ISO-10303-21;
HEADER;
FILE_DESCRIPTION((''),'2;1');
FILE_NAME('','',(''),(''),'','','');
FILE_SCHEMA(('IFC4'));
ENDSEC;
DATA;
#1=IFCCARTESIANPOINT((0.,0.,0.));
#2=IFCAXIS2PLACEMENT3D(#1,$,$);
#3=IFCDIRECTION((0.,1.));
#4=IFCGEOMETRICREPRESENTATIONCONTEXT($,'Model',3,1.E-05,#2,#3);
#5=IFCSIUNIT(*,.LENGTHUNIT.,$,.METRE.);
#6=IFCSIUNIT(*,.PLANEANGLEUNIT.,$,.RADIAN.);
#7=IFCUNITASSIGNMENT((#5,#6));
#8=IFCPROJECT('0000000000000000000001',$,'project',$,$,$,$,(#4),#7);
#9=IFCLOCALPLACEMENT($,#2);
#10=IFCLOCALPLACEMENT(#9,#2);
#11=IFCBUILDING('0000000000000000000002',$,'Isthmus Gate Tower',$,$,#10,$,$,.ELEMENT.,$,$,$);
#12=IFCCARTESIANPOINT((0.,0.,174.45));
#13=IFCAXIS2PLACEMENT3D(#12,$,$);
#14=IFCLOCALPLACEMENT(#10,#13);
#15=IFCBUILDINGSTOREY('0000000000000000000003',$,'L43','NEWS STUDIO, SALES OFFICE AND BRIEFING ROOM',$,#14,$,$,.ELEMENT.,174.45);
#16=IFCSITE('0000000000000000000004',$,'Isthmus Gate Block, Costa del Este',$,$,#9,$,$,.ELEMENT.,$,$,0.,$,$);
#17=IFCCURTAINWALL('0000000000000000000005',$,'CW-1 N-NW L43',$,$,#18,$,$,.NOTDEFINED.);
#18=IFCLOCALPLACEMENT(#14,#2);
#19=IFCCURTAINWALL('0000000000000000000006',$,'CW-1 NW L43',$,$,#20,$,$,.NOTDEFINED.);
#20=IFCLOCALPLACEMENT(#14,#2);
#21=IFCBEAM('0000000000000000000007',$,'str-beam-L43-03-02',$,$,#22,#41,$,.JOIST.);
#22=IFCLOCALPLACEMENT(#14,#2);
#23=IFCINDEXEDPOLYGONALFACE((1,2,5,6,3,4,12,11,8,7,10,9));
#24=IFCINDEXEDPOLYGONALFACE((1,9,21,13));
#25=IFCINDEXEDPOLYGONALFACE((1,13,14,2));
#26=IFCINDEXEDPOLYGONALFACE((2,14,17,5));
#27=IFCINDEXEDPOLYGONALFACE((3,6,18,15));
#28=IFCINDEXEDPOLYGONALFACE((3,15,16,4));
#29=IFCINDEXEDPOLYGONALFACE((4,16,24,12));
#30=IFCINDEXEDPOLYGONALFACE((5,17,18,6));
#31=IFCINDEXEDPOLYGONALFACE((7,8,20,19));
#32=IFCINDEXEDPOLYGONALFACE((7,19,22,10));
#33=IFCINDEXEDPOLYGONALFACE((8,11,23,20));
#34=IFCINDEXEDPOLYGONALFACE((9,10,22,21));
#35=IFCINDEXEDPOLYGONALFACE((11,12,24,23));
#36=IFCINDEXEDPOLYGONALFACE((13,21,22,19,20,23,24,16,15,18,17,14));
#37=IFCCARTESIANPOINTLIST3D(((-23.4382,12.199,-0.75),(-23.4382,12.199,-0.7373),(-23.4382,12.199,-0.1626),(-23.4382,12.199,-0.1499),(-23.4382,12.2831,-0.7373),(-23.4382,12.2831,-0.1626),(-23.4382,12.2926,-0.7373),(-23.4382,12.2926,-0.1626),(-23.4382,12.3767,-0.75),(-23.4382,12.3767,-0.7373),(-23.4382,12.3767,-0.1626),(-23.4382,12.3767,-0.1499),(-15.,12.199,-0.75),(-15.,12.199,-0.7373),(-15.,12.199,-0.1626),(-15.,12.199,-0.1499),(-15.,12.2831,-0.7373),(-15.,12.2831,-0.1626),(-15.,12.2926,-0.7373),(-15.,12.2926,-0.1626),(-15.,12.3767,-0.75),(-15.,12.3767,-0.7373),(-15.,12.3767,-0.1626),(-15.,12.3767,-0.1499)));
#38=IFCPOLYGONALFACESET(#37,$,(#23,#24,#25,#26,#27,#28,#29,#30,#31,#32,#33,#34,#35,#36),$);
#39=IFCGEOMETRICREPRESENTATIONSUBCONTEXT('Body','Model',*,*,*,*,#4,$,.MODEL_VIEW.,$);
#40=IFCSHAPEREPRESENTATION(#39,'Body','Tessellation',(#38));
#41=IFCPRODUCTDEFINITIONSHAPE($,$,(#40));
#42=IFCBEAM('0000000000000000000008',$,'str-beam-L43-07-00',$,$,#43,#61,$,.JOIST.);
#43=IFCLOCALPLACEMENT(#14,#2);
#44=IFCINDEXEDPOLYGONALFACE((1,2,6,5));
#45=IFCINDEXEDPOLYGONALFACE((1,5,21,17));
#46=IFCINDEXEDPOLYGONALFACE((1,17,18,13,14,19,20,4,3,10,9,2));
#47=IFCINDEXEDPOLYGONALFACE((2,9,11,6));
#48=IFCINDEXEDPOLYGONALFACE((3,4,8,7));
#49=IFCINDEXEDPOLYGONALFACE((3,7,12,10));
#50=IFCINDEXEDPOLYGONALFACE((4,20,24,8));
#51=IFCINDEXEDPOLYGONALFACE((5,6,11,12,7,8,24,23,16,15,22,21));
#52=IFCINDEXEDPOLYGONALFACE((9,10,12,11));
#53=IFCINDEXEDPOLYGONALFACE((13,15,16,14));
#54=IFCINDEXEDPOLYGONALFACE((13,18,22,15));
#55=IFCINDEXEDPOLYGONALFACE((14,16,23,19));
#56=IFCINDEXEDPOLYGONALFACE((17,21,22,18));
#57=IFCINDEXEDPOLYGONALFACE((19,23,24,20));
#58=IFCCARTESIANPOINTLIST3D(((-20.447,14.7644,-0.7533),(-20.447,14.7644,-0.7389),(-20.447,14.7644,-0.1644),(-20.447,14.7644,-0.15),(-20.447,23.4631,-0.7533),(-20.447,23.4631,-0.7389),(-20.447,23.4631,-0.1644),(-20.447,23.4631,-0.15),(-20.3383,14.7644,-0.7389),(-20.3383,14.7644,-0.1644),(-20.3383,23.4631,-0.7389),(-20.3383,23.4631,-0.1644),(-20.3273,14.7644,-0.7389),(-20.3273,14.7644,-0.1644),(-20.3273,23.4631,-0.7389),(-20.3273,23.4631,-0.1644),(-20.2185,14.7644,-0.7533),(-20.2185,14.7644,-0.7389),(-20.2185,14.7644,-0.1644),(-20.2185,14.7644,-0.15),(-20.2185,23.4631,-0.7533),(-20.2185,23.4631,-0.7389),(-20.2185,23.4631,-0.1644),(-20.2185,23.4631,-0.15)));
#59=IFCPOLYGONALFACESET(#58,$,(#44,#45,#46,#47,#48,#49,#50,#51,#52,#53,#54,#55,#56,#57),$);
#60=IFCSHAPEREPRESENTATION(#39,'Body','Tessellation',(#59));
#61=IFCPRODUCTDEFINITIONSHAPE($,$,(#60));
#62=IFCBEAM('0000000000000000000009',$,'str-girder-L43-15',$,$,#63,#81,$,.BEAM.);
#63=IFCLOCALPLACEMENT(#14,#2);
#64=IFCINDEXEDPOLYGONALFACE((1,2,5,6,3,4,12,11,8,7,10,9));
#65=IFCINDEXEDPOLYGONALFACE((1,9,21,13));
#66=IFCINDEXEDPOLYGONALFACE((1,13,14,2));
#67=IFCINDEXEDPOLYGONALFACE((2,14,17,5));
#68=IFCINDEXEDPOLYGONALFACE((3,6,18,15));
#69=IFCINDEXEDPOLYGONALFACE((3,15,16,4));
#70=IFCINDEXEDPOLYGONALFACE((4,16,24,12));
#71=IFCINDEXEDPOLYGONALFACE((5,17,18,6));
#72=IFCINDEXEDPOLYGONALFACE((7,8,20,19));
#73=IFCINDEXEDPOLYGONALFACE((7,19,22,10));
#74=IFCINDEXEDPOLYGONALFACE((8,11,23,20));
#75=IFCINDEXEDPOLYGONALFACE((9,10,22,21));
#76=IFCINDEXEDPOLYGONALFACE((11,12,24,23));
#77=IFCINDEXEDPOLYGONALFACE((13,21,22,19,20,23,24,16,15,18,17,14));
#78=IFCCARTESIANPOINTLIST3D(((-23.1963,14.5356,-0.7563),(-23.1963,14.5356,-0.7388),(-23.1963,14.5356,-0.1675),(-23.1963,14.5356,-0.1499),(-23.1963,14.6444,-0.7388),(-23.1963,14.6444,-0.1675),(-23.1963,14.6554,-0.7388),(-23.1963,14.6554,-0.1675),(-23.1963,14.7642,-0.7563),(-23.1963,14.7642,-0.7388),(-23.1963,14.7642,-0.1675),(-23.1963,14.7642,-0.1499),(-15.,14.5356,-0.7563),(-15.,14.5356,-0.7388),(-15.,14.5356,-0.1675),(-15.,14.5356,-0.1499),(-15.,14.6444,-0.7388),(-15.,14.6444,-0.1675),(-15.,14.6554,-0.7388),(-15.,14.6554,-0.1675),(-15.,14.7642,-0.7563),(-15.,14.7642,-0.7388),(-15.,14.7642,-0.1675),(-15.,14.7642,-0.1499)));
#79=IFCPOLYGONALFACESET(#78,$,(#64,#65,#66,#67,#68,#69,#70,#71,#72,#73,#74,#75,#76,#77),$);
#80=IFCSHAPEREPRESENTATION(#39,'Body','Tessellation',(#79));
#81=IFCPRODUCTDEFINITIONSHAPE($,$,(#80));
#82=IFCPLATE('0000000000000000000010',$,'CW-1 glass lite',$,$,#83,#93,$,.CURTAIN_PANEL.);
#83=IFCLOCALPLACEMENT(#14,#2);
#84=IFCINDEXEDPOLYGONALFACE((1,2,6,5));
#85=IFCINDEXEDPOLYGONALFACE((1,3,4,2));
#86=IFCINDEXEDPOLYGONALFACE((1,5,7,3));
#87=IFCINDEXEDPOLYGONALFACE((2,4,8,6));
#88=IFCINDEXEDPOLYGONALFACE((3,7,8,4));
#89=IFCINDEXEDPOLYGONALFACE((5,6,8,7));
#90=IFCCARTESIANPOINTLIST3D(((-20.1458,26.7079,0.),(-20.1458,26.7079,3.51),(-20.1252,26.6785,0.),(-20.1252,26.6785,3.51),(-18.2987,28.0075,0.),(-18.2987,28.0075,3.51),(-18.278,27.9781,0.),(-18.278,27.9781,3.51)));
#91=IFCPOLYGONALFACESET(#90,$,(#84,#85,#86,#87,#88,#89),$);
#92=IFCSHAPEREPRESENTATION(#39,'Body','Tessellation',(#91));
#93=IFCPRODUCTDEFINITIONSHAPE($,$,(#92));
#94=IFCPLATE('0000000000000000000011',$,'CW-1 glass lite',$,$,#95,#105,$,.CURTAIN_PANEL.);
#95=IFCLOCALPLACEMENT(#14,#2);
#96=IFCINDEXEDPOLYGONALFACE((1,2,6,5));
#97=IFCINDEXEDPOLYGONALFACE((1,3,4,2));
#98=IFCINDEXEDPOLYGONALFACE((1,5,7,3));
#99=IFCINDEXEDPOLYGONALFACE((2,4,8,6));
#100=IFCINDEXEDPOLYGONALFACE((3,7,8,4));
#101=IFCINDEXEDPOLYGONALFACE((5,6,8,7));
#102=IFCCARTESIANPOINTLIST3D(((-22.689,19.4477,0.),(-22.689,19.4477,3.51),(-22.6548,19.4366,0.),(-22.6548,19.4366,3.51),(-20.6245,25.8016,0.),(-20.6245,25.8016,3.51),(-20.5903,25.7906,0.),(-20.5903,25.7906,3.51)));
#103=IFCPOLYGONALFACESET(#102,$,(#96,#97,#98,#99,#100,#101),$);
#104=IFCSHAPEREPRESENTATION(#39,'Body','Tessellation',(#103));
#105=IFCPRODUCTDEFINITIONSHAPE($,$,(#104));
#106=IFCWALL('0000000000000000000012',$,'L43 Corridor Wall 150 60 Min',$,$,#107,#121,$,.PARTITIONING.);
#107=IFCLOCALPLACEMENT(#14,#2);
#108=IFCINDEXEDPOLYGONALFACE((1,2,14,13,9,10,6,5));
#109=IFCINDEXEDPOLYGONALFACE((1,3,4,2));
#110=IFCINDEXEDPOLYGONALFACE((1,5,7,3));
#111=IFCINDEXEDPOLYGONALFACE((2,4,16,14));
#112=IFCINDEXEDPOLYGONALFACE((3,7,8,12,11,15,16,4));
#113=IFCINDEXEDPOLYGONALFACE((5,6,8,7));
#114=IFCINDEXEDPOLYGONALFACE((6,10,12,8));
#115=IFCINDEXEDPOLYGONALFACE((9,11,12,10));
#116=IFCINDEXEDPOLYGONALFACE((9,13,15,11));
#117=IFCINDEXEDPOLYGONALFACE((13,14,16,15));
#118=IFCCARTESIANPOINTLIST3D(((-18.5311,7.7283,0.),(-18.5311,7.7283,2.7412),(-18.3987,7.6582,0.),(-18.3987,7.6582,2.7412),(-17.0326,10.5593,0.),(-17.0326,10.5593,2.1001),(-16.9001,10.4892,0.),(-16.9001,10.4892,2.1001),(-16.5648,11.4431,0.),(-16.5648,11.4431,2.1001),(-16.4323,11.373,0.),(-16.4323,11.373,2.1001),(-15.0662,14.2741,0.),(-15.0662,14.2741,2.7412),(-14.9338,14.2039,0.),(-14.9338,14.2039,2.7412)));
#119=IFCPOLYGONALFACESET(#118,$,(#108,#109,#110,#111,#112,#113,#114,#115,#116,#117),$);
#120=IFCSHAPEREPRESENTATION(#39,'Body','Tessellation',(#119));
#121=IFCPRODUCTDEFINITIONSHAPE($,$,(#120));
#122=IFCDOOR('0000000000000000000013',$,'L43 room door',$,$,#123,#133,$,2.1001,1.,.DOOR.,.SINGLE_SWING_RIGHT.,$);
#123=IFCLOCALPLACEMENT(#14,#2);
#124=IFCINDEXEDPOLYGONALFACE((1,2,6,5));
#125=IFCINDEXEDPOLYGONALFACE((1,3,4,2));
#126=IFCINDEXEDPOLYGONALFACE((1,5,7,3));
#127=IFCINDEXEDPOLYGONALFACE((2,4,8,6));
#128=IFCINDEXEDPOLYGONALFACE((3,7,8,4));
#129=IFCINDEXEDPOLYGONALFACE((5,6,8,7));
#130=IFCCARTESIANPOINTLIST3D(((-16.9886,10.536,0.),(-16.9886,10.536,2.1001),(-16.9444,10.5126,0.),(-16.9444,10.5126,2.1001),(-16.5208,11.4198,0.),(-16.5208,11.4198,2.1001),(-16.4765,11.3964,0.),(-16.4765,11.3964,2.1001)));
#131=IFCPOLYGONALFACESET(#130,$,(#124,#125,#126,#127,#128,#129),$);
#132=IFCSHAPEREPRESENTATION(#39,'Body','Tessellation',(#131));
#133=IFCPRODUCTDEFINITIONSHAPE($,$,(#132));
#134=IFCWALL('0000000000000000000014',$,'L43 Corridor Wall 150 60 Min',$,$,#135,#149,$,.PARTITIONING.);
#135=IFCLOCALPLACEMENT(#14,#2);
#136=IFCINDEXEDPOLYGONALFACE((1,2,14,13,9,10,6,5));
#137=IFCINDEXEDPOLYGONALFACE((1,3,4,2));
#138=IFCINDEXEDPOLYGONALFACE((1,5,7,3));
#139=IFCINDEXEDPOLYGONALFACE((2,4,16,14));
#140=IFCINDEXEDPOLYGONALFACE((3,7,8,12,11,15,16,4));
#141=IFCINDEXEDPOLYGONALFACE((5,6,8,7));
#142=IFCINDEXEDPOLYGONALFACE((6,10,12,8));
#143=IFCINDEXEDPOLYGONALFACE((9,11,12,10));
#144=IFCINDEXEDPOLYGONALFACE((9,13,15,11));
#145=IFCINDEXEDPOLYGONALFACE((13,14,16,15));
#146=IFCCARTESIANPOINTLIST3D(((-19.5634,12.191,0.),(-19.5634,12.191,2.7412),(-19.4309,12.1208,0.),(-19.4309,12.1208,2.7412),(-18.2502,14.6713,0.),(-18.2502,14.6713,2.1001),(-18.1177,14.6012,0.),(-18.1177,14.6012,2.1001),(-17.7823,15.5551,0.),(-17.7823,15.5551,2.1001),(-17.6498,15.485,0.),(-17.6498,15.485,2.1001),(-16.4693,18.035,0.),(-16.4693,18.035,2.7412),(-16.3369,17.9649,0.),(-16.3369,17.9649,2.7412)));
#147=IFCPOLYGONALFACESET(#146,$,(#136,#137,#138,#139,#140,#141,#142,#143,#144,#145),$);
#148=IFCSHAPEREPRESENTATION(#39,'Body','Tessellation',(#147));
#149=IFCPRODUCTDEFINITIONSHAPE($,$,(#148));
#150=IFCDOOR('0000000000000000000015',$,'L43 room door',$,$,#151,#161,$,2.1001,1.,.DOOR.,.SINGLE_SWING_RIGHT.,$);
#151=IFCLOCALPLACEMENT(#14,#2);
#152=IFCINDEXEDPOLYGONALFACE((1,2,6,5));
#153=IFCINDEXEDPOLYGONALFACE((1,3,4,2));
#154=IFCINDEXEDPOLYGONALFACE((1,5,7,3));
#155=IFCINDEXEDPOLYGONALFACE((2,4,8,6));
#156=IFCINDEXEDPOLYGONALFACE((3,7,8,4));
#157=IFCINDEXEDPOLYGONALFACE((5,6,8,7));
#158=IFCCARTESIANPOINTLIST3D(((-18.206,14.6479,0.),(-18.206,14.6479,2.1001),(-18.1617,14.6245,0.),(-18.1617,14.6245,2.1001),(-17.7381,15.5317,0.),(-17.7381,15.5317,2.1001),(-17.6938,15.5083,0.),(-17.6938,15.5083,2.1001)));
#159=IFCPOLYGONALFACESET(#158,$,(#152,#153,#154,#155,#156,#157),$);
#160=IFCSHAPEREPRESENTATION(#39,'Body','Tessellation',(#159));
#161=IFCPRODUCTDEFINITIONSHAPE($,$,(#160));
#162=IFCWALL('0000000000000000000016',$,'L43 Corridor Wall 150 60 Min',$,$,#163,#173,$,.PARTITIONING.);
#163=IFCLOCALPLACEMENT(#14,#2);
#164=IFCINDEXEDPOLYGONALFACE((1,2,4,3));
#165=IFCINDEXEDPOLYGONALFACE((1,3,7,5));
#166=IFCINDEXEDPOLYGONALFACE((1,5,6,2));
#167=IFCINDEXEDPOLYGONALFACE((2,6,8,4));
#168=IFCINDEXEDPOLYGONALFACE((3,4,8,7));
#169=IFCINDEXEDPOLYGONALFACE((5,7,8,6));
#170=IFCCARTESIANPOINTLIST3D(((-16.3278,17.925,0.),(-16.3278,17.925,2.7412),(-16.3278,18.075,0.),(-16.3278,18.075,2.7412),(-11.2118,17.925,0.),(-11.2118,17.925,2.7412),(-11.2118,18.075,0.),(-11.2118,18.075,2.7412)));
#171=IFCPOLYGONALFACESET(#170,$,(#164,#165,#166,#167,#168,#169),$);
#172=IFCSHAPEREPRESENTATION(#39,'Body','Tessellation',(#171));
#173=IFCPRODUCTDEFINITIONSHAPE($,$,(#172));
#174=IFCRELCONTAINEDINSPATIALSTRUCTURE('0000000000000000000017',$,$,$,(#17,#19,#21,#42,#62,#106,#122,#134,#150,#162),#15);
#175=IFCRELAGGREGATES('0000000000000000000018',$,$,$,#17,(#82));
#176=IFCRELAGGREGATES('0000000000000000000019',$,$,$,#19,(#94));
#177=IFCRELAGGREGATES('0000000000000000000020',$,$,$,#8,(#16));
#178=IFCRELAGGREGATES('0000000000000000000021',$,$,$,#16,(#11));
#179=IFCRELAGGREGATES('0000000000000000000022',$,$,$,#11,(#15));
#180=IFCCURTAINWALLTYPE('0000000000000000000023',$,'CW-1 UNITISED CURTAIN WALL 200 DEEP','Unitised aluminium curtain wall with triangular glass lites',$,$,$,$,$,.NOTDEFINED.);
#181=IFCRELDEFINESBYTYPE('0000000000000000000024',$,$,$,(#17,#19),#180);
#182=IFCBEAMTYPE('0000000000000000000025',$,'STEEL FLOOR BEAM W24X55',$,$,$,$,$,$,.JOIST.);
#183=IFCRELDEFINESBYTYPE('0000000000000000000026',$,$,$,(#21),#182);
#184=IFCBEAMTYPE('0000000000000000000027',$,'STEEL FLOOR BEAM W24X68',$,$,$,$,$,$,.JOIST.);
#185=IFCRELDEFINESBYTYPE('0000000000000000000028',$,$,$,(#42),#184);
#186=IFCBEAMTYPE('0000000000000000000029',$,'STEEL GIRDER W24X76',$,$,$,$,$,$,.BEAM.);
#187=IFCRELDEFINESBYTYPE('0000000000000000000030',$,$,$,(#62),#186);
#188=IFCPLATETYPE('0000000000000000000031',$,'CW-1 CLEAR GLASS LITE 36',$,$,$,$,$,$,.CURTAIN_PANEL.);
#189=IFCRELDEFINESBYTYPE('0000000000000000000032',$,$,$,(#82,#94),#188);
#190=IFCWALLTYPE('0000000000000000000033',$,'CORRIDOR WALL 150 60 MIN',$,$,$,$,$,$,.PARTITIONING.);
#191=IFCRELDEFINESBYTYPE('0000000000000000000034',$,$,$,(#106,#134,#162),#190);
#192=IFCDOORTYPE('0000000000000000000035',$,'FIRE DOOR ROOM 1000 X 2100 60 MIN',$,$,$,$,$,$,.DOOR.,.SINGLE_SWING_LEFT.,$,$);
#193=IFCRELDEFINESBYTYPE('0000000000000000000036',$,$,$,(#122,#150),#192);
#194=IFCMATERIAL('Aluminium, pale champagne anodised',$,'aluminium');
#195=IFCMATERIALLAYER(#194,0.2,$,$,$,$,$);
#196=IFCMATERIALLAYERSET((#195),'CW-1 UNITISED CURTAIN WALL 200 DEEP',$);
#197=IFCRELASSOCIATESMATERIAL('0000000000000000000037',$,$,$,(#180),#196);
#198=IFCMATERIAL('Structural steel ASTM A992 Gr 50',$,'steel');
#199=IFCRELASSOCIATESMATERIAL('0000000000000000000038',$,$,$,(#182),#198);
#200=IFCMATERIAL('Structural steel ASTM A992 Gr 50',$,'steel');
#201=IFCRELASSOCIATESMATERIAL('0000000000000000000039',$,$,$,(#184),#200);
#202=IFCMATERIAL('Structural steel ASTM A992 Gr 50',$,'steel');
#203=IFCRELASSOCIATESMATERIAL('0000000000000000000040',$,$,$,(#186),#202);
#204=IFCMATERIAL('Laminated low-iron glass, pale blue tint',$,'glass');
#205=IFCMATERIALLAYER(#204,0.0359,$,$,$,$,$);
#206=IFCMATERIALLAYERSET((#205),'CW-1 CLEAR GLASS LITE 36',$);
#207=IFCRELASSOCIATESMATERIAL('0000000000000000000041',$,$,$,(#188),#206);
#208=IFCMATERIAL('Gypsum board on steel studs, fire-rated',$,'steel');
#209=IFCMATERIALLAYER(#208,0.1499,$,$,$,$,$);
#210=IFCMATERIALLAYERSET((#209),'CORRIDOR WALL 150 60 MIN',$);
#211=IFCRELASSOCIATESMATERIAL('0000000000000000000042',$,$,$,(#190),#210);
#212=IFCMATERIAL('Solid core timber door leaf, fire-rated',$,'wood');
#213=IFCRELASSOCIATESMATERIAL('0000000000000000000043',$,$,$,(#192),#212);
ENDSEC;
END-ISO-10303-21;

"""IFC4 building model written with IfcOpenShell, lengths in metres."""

from ifc_helpers import new_model, si_unit, direction, frame, frame_2d, origin, origin_2d, place, context, subcontext, project, spatial, rectangle, i_section, extrude, material, layer, layer_set, material_profile, profile_set, type_object, element, fill, aggregate, save


model = new_model("IFC4")

# Units and contexts
model_context = context("Model", 3, precision=1e-05, world=origin(), true_north=direction((0.0, 1.0)))
body_context = subcontext(model_context, "Body", "Model", "MODEL_VIEW")
ifc_project = project(units=[si_unit("LENGTHUNIT", "METRE"), si_unit("PLANEANGLEUNIT", "RADIAN")], contexts=[model_context])

# Site, building, storey
site_placement = place(None, origin())
site = spatial("IfcSite", under=ifc_project, at=site_placement, Name="Isthmus Gate Block, Costa del Este", CompositionType="ELEMENT", RefElevation=0.0)
building_placement = place(site_placement, origin())
building = spatial("IfcBuilding", under=site, at=building_placement, Name="Isthmus Gate Tower", CompositionType="ELEMENT")
storey_placement = place(building_placement, frame((0.0, 0.0, 174.45)))
storey = spatial("IfcBuildingStorey", under=building, at=storey_placement, Name="L43", Description="NEWS STUDIO, SALES OFFICE AND BRIEFING ROOM", CompositionType="ELEMENT", Elevation=174.45)

# Curtain wall
ifc_material_1 = material(Name="Aluminium, pale champagne anodised", Category="aluminium")
ifc_layer_1 = layer(ifc_material_1, 0.2)
ifc_layer_set_1 = layer_set([ifc_layer_1], Name="CW-1 UNITISED CURTAIN WALL 200 DEEP")
curtain_wall_type = type_object("IfcCurtainWallType", Name="CW-1 UNITISED CURTAIN WALL 200 DEEP", Description="Unitised aluminium curtain wall with triangular glass lites", PredefinedType="NOTDEFINED", material=ifc_layer_set_1)
curtain_wall_1_placement = place(storey_placement, origin())
curtain_wall_1 = element("IfcCurtainWall", 1, at=curtain_wall_1_placement, inside=storey, type_object=curtain_wall_type, Name="CW-1 N-NW L43", PredefinedType="NOTDEFINED")

# Curtain wall
curtain_wall_2_placement = place(storey_placement, origin())
curtain_wall_2 = element("IfcCurtainWall", 2, at=curtain_wall_2_placement, inside=storey, type_object=curtain_wall_type, Name="CW-1 NW L43", PredefinedType="NOTDEFINED")

# Beams
ifc_material_2 = material(Name="Structural steel ASTM A992 Gr 50", Category="steel")
ifc_material_profile_1 = material_profile(ifc_material_2, i_section(OverallWidth=0.1777, OverallDepth=0.6001, WebThickness=0.0095, FlangeThickness=0.0127, at=origin_2d()), Name="W24X55")
ifc_profile_set_1 = profile_set([ifc_material_profile_1], Name="Structural steel ASTM A992 Gr 50")
beam_type_1 = type_object("IfcBeamType", Name="STEEL FLOOR BEAM W24X55", PredefinedType="JOIST", material=ifc_profile_set_1)
beam_1_placement = place(storey_placement, frame((-23.4382, 12.2878, -0.45), z_axis=(1.0, 0.0, 0.0), x_axis=(0.0, 1.0, 0.0)))
element("IfcBeam", 3, at=beam_1_placement, inside=storey, type_object=beam_type_1, Name="str-beam-L43-03-02", PredefinedType="JOIST", context=body_context, shape_type="SweptSolid", body=[
    extrude(i_section(OverallWidth=0.1777, OverallDepth=0.6001, WebThickness=0.0095, FlangeThickness=0.0127, at=origin_2d()), origin(), (0.0, 0.0, 1.0), 8.4382),
])
ifc_material_3 = material(Name="Structural steel ASTM A992 Gr 50", Category="steel")
ifc_material_profile_2 = material_profile(ifc_material_3, i_section(OverallWidth=0.2285, OverallDepth=0.6033, WebThickness=0.011, FlangeThickness=0.0144, at=origin_2d()), Name="W24X68")
ifc_profile_set_2 = profile_set([ifc_material_profile_2], Name="Structural steel ASTM A992 Gr 50")
beam_type_2 = type_object("IfcBeamType", Name="STEEL FLOOR BEAM W24X68", PredefinedType="JOIST", material=ifc_profile_set_2)
beam_2_placement = place(storey_placement, frame((-20.3328, 14.7644, -0.4517), z_axis=(0.0, 1.0, 0.0), x_axis=(-1.0, 0.0, 0.0)))
element("IfcBeam", 4, at=beam_2_placement, inside=storey, type_object=beam_type_2, Name="str-beam-L43-07-00", PredefinedType="JOIST", context=body_context, shape_type="SweptSolid", body=[
    extrude(i_section(OverallWidth=0.2285, OverallDepth=0.6033, WebThickness=0.011, FlangeThickness=0.0144, at=origin_2d()), origin(), (0.0, 0.0, 1.0), 8.6987),
])
ifc_material_4 = material(Name="Structural steel ASTM A992 Gr 50", Category="steel")
ifc_material_profile_3 = material_profile(ifc_material_4, i_section(OverallWidth=0.2285, OverallDepth=0.6064, WebThickness=0.011, FlangeThickness=0.0176, at=origin_2d()), Name="W24X76")
ifc_profile_set_3 = profile_set([ifc_material_profile_3], Name="Structural steel ASTM A992 Gr 50")
beam_type_3 = type_object("IfcBeamType", Name="STEEL GIRDER W24X76", PredefinedType="BEAM", material=ifc_profile_set_3)
beam_3_placement = place(storey_placement, frame((-15.0, 14.6499, -0.4531), z_axis=(-1.0, 0.0, 0.0), x_axis=(0.0, -1.0, 0.0)))
element("IfcBeam", 5, at=beam_3_placement, inside=storey, type_object=beam_type_3, Name="str-girder-L43-15", PredefinedType="BEAM", context=body_context, shape_type="SweptSolid", body=[
    extrude(i_section(OverallWidth=0.2285, OverallDepth=0.6064, WebThickness=0.011, FlangeThickness=0.0176, at=origin_2d()), origin(), (0.0, 0.0, 1.0), 8.1963),
])

# Plates
ifc_material_5 = material(Name="Laminated low-iron glass, pale blue tint", Category="glass")
ifc_layer_2 = layer(ifc_material_5, 0.0359)
ifc_layer_set_2 = layer_set([ifc_layer_2], Name="CW-1 CLEAR GLASS LITE 36")
plate_type = type_object("IfcPlateType", Name="CW-1 CLEAR GLASS LITE 36", PredefinedType="CURTAIN_PANEL", material=ifc_layer_set_2)
plate_1_placement = place(storey_placement, frame((-19.2119, 27.343, 0.0), z_axis=(0.0, 0.0, 1.0), x_axis=(-0.81786, -0.575418, 0.0)))
plate_1 = element("IfcPlate", 6, at=plate_1_placement, type_object=plate_type, Name="CW-1 glass lite", PredefinedType="CURTAIN_PANEL", context=body_context, shape_type="SweptSolid", body=[
    extrude(rectangle(XDim=2.2585, YDim=0.0359, at=origin_2d()), origin(), (0.0, 0.0, 1.0), 3.51),
])
aggregate(curtain_wall_1, [plate_1])
plate_2_placement = place(storey_placement, frame((-21.6396, 22.6191, 0.0), z_axis=(0.0, 0.0, 1.0), x_axis=(-0.309017, -0.951057, 0.0)))
plate_2 = element("IfcPlate", 7, at=plate_2_placement, type_object=plate_type, Name="CW-1 glass lite", PredefinedType="CURTAIN_PANEL", context=body_context, shape_type="SweptSolid", body=[
    extrude(rectangle(XDim=6.6809, YDim=0.0359, at=origin_2d()), origin(), (0.0, 0.0, 1.0), 3.51),
])

# Walls, openings, doors
ifc_material_6 = material(Name="Gypsum board on steel studs, fire-rated", Category="steel")
ifc_layer_3 = layer(ifc_material_6, 0.1499)
ifc_layer_set_3 = layer_set([ifc_layer_3], Name="CORRIDOR WALL 150 60 MIN")
wall_type_1 = type_object("IfcWallType", Name="CORRIDOR WALL 150 60 MIN", PredefinedType="PARTITIONING", material=ifc_layer_set_3)
wall_1_placement = place(storey_placement, frame((-15.0, 14.239, 0.0), z_axis=(0.0, 0.0, 1.0), x_axis=(-0.467835, -0.883816, 0.0)))
wall_1 = element("IfcWall", 8, at=wall_1_placement, inside=storey, type_object=wall_type_1, Name="L43 Corridor Wall 150 60 Min", PredefinedType="PARTITIONING", context=body_context, shape_type="SweptSolid", body=[
    extrude(rectangle(XDim=7.4062, YDim=0.1499, at=frame_2d((3.7031, 0.0))), origin(), (0.0, 0.0, 1.0), 2.7412),
])
opening_1_placement = place(wall_1_placement, frame((3.2031, 0.0, 0.0)))
opening_1 = element("IfcOpeningElement", 9, at=opening_1_placement, cuts=wall_1, PredefinedType="OPENING", context=body_context, shape_type="SweptSolid", body=[
    extrude(rectangle(XDim=1.0, YDim=2.1001, at=frame_2d((0.5, 1.05))), frame((0.0, 0.085, 0.0), z_axis=(0.0, -1.0, 0.0), x_axis=(1.0, 0.0, 0.0)), (0.0, 0.0, 1.0), 0.1699),
])
ifc_material_7 = material(Name="Solid core timber door leaf, fire-rated", Category="wood")
door_type_1 = type_object("IfcDoorType", Name="FIRE DOOR ROOM 1000 X 2100 60 MIN", OperationType="SINGLE_SWING_LEFT", PredefinedType="DOOR", material=ifc_material_7)
door_1_placement = place(opening_1_placement, origin())
door_1 = element("IfcDoor", 10, at=door_1_placement, inside=storey, type_object=door_type_1, Name="L43 room door", OperationType="SINGLE_SWING_RIGHT", OverallHeight=2.1001, OverallWidth=1.0, PredefinedType="DOOR", context=body_context, shape_type="SweptSolid", body=[
    extrude(rectangle(XDim=1.0, YDim=2.1001, at=frame_2d((0.5, 1.05))), frame((0.0, 0.0249, 0.0), z_axis=(0.0, -1.0, 0.0), x_axis=(1.0, 0.0, 0.0)), (0.0, 0.0, 1.0), 0.05),
])
fill(opening_1, door_1)
wall_2_placement = place(storey_placement, frame((-19.4971, 12.156, 0.0), z_axis=(0.0, 0.0, 1.0), x_axis=(0.467901, 0.883781, 0.0)))
wall_2 = element("IfcWall", 11, at=wall_2_placement, inside=storey, type_object=wall_type_1, Name="L43 Corridor Wall 150 60 Min", PredefinedType="PARTITIONING", context=body_context, shape_type="SweptSolid", body=[
    extrude(rectangle(XDim=6.6125, YDim=0.1499, at=frame_2d((3.3062, 0.0))), origin(), (0.0, 0.0, 1.0), 2.7412),
])
opening_2_placement = place(wall_2_placement, frame((2.8064, 0.0, 0.0)))
opening_2 = element("IfcOpeningElement", 12, at=opening_2_placement, cuts=wall_2, PredefinedType="OPENING", context=body_context, shape_type="SweptSolid", body=[
    extrude(rectangle(XDim=1.0, YDim=2.1001, at=frame_2d((0.5, 1.05))), frame((0.0, 0.085, 0.0), z_axis=(0.0, -1.0, 0.0), x_axis=(1.0, 0.0, 0.0)), (0.0, 0.0, 1.0), 0.1699),
])
door_2_placement = place(opening_2_placement, origin())
door_2 = element("IfcDoor", 13, at=door_2_placement, inside=storey, type_object=door_type_1, Name="L43 room door", OperationType="SINGLE_SWING_RIGHT", OverallHeight=2.1001, OverallWidth=1.0, PredefinedType="DOOR", context=body_context, shape_type="SweptSolid", body=[
    extrude(rectangle(XDim=1.0, YDim=2.1001, at=frame_2d((0.5, 1.05))), frame((0.0, 0.0249, 0.0), z_axis=(0.0, -1.0, 0.0), x_axis=(1.0, 0.0, 0.0)), (0.0, 0.0, 1.0), 0.05),
])
fill(opening_2, door_2)

# Wall
wall_3_placement = place(storey_placement, frame((-16.3279, 18.0, 0.0), z_axis=(0.0, 0.0, 1.0), x_axis=(1.0, 0.0, 0.0)))
element("IfcWall", 14, at=wall_3_placement, inside=storey, type_object=wall_type_1, Name="L43 Corridor Wall 150 60 Min", PredefinedType="PARTITIONING", context=body_context, shape_type="SweptSolid", body=[
    extrude(rectangle(XDim=5.116, YDim=0.1499, at=frame_2d((2.5581, 0.0))), origin(), (0.0, 0.0, 1.0), 2.7412),
])

aggregate(curtain_wall_2, [plate_2])

save(model, "model.ifc")
